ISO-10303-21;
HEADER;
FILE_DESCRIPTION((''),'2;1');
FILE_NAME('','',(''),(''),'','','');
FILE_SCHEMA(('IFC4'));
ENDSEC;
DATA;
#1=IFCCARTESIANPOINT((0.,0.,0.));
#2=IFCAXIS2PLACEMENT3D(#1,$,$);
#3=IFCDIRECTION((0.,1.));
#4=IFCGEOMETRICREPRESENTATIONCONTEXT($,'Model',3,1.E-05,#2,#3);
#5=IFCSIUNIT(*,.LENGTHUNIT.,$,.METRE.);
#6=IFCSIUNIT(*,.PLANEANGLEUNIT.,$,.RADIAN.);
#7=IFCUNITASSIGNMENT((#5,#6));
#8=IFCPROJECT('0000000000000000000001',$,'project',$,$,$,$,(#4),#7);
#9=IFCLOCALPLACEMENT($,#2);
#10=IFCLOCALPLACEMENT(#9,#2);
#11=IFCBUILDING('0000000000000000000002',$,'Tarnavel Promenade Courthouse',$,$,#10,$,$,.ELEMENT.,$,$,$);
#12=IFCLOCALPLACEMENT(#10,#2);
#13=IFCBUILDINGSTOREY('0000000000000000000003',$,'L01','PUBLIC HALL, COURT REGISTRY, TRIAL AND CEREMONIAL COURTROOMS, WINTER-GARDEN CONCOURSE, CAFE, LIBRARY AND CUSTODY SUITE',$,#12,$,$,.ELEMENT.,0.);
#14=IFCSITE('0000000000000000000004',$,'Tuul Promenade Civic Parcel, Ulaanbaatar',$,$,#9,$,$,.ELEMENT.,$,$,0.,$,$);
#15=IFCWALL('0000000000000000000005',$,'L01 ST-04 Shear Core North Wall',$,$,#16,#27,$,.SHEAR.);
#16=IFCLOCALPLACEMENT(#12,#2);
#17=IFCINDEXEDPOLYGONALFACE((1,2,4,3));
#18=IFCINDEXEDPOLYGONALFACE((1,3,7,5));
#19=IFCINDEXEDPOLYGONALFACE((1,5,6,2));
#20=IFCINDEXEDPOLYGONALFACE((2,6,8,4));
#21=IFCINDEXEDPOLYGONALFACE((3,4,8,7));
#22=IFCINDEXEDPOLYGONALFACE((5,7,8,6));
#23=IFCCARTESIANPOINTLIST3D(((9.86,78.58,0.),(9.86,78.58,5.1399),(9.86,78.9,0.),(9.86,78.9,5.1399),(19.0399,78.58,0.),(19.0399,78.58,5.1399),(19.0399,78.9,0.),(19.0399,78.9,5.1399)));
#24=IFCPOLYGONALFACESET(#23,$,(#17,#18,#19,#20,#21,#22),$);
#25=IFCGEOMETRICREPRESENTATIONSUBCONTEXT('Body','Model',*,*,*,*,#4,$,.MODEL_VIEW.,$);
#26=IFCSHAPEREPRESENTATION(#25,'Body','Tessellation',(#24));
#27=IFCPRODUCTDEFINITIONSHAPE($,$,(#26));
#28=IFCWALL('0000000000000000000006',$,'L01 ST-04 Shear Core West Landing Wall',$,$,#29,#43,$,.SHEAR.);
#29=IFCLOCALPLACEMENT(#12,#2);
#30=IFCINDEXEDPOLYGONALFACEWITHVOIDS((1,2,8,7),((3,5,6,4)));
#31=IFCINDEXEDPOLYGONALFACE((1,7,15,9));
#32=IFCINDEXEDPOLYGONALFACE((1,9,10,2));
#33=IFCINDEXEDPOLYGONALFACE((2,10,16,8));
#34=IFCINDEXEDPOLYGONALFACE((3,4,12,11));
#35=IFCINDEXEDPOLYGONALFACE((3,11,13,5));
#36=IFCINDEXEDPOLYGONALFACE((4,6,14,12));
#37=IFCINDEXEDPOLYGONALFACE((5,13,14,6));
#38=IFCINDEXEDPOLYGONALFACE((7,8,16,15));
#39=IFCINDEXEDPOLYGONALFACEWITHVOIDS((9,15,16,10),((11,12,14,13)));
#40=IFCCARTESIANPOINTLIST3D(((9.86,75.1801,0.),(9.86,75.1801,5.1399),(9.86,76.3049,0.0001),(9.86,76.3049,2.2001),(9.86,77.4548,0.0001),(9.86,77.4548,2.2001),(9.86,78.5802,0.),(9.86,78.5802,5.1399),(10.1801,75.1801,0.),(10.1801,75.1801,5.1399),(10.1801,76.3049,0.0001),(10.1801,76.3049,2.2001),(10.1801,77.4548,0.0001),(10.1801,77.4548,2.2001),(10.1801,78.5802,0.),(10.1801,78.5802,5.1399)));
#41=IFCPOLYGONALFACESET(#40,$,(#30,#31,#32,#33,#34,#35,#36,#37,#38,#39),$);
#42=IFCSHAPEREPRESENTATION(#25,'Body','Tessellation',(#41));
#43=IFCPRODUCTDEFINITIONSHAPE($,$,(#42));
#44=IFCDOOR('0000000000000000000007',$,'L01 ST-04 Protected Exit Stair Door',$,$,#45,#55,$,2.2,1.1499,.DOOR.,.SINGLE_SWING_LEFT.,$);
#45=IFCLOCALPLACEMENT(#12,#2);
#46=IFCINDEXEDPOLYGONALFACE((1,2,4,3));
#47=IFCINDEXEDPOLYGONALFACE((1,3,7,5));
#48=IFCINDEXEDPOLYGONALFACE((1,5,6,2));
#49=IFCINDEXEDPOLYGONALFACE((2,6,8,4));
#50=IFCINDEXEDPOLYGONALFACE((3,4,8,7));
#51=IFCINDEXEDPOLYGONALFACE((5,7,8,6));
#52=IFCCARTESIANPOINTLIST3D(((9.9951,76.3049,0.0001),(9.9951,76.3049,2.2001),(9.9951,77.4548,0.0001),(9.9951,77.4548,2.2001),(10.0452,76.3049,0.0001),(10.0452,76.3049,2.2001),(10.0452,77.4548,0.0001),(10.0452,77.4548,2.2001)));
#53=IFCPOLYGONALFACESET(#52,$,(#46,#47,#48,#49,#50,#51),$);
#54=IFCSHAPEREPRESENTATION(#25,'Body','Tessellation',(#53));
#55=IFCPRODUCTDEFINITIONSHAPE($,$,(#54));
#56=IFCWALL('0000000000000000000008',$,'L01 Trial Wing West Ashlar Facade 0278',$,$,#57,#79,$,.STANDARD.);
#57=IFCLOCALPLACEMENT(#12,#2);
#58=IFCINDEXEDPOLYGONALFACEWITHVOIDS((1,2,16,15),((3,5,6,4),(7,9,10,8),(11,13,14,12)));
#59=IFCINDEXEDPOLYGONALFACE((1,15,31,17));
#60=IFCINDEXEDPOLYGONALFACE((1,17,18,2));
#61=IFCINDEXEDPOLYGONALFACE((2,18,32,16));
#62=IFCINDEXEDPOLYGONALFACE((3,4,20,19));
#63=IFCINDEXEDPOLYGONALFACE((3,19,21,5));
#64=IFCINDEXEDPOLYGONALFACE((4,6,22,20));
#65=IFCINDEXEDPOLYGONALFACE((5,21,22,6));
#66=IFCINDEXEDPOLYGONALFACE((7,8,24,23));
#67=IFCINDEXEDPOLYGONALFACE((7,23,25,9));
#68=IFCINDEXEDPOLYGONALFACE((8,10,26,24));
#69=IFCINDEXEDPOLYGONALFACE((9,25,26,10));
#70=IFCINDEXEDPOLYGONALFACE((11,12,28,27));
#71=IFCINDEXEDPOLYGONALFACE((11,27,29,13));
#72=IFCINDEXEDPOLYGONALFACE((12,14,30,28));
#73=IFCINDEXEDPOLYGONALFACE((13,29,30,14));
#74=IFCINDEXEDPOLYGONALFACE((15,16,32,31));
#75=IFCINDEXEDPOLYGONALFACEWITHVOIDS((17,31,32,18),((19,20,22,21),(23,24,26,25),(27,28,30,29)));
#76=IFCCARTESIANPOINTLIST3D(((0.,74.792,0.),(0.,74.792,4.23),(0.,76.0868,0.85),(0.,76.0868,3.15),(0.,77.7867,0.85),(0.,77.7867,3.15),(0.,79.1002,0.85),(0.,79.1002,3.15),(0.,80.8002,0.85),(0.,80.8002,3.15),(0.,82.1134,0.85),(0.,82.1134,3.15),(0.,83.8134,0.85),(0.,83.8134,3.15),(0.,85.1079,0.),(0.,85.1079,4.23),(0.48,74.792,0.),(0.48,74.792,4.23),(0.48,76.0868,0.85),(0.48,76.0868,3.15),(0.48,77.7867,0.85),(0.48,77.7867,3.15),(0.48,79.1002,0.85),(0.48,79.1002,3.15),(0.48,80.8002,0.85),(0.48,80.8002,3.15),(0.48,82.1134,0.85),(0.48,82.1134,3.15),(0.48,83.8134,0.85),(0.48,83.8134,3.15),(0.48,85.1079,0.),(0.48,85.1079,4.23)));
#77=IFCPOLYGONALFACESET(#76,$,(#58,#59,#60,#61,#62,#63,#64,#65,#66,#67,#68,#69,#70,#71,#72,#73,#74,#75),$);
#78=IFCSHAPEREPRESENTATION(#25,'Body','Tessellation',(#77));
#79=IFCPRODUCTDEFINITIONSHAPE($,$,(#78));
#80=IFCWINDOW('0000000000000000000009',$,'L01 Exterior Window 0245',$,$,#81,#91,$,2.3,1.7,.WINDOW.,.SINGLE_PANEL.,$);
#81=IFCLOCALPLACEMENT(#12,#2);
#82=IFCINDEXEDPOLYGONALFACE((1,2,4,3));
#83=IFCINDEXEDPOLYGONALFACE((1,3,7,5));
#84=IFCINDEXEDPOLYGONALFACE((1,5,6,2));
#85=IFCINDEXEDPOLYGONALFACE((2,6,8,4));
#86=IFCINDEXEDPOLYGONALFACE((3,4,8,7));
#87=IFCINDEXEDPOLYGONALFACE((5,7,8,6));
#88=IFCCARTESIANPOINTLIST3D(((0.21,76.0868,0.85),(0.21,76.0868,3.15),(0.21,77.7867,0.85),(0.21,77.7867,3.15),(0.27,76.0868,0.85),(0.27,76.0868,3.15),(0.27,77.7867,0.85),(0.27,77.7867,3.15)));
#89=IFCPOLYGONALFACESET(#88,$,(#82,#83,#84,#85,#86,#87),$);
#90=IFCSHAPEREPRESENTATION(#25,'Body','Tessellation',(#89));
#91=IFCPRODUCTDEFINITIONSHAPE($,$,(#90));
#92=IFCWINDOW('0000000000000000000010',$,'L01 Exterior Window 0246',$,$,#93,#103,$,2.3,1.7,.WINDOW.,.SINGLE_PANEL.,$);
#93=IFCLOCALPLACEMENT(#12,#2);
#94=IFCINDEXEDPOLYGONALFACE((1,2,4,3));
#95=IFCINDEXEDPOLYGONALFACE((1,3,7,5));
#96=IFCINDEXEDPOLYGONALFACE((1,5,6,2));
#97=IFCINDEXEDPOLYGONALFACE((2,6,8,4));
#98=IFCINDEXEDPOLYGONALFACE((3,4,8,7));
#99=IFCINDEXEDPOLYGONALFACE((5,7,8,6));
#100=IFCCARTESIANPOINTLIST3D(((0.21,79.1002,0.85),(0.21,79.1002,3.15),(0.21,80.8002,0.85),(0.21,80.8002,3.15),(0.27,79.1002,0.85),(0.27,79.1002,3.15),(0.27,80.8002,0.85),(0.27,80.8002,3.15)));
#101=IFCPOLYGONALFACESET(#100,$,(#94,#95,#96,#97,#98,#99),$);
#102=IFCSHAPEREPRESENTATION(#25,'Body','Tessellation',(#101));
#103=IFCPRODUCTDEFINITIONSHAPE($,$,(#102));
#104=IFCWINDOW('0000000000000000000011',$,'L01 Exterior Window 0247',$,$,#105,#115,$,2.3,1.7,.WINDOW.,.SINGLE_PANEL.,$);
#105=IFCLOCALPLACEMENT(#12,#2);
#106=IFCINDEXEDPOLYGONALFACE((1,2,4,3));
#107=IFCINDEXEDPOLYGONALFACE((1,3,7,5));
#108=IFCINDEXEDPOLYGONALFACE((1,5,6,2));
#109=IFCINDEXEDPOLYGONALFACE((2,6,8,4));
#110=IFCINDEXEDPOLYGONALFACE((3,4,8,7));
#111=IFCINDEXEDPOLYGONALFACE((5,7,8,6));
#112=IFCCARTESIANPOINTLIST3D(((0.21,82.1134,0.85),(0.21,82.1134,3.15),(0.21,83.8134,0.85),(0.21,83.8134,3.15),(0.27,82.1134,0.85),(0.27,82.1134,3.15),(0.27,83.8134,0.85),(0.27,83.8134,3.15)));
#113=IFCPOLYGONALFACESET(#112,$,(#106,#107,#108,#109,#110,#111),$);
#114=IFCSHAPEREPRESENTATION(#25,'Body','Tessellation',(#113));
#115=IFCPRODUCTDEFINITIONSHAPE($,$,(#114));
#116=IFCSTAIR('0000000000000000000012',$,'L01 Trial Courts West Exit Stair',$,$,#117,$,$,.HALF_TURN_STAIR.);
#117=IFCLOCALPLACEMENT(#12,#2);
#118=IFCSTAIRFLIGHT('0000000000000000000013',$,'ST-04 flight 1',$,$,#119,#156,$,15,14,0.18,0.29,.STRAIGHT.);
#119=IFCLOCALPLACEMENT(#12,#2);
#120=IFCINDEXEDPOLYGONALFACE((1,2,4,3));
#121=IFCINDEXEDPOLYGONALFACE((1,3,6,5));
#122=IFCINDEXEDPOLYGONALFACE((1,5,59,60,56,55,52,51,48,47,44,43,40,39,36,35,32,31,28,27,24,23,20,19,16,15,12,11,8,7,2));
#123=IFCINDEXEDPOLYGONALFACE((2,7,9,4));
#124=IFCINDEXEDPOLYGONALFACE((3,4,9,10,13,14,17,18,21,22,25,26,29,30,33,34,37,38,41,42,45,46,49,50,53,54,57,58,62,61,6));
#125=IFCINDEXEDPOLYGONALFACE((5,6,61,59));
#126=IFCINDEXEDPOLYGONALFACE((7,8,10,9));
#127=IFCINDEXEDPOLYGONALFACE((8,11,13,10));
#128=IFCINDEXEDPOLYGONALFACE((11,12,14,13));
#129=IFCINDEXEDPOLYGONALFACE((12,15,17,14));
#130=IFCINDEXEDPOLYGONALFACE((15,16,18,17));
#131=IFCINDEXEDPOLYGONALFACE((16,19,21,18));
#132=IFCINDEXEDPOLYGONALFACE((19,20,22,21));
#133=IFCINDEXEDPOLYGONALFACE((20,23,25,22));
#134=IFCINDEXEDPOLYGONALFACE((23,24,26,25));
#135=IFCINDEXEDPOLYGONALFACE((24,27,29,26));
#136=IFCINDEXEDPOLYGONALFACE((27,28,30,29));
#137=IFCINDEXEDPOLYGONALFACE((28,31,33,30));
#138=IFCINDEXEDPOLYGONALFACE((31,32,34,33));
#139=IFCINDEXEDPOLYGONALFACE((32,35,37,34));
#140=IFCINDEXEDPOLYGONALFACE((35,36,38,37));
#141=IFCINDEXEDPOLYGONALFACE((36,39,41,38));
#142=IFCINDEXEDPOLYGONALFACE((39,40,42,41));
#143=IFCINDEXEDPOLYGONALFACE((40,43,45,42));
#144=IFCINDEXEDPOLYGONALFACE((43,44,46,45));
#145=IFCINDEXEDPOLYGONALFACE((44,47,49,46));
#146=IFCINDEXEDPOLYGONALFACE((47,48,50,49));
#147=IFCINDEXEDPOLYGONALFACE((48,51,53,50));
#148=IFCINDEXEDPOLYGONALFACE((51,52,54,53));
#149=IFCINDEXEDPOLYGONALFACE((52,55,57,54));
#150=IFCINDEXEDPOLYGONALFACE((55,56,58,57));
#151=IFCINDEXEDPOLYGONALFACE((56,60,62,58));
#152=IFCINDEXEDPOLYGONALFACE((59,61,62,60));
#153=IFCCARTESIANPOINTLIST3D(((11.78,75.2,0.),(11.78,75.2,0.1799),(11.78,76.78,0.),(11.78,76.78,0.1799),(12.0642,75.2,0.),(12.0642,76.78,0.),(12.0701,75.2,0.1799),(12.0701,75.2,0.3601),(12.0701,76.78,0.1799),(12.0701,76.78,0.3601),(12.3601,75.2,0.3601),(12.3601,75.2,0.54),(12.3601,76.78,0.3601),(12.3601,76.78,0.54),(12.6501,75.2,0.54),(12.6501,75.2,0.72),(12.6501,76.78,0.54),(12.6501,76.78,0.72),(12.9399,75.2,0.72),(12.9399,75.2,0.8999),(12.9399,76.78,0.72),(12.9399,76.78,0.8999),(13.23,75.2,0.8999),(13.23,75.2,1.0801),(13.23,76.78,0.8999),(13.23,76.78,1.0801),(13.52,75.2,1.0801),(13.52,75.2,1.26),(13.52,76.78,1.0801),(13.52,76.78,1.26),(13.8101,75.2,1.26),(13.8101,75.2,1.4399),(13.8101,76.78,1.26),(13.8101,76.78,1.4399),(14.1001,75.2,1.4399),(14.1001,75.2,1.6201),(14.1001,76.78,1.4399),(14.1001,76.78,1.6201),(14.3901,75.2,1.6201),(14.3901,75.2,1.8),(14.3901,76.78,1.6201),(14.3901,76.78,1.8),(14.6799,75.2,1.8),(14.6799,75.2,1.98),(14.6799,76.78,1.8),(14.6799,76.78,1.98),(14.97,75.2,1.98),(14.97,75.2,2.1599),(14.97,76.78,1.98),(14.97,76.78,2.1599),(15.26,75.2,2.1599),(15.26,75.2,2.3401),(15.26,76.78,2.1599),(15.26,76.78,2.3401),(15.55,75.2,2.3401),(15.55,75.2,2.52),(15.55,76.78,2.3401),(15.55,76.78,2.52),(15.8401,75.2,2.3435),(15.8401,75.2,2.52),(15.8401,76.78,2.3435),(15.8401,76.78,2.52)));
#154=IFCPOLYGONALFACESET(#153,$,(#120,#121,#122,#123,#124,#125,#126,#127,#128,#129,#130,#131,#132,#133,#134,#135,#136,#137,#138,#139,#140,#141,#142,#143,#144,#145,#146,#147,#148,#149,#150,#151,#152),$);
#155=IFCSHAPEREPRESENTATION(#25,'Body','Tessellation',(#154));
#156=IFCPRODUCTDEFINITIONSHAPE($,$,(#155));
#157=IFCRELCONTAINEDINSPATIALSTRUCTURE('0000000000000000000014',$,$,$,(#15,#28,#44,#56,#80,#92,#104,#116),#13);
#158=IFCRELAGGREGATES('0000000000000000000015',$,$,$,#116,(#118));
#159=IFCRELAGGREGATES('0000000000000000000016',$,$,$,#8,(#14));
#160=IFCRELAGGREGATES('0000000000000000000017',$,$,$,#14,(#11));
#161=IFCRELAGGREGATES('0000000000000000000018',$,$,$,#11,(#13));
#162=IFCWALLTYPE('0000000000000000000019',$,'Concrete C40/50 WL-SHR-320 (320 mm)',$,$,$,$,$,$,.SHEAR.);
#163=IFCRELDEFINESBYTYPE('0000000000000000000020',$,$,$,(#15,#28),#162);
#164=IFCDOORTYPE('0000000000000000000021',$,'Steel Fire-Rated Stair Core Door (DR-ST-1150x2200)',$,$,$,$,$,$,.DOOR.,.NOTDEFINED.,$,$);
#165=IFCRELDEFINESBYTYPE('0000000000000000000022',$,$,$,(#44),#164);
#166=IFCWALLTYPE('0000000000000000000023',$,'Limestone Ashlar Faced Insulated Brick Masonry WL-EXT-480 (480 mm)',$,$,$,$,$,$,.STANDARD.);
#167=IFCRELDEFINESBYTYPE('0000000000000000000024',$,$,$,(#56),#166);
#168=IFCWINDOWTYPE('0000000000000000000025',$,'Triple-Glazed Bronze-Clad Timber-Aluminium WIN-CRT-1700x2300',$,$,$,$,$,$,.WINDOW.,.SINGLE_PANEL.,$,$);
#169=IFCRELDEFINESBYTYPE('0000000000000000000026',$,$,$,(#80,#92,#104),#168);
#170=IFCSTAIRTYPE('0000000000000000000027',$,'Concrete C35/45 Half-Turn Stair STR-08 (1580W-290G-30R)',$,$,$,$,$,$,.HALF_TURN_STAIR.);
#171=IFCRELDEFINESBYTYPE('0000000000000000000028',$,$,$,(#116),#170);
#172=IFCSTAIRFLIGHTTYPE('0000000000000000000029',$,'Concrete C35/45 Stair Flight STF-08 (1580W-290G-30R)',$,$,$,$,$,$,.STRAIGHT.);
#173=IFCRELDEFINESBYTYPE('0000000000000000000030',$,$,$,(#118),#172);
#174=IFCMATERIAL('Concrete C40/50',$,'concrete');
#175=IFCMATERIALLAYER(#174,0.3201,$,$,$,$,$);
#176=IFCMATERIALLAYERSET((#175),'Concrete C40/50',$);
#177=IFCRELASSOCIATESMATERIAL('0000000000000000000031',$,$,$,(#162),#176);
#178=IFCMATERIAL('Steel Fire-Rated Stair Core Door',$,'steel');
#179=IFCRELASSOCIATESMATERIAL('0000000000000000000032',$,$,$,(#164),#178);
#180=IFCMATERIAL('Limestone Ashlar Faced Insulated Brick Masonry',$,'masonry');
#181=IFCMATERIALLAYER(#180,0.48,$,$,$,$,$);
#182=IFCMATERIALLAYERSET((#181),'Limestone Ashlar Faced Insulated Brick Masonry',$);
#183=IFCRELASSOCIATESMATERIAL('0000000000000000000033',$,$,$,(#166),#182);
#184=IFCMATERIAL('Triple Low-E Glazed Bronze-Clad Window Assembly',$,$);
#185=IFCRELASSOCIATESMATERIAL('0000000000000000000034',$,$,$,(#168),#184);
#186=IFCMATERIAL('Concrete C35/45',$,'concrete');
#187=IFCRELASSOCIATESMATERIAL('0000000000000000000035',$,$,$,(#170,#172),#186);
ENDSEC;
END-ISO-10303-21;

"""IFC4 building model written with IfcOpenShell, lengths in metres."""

from ifc_helpers import new_model, si_unit, direction, frame, frame_2d, origin, place, context, subcontext, project, spatial, polyline, rectangle, outline, extrude, material, layer, layer_set, type_object, element, fill, aggregate, save


model = new_model("IFC4")

# Units and contexts
model_context = context("Model", 3, precision=1e-05, world=origin(), true_north=direction((0.0, 1.0)))
body_context = subcontext(model_context, "Body", "Model", "MODEL_VIEW")
ifc_project = project(units=[si_unit("LENGTHUNIT", "METRE"), si_unit("PLANEANGLEUNIT", "RADIAN")], contexts=[model_context])

# Site, building, storey
site_placement = place(None, origin())
site = spatial("IfcSite", under=ifc_project, at=site_placement, Name="Tuul Promenade Civic Parcel, Ulaanbaatar", CompositionType="ELEMENT", RefElevation=0.0)
building_placement = place(site_placement, origin())
building = spatial("IfcBuilding", under=site, at=building_placement, Name="Tarnavel Promenade Courthouse", CompositionType="ELEMENT")
storey_placement = place(building_placement, origin())
storey = spatial("IfcBuildingStorey", under=building, at=storey_placement, Name="L01", Description="PUBLIC HALL, COURT REGISTRY, TRIAL AND CEREMONIAL COURTROOMS, WINTER-GARDEN CONCOURSE, CAFE, LIBRARY AND CUSTODY SUITE", CompositionType="ELEMENT", Elevation=0.0)

# Shared definitions
ifc_material_1 = material(Name="Concrete C40/50", Category="concrete")

# Wall
ifc_layer_1 = layer(ifc_material_1, 0.3201)
ifc_layer_set_1 = layer_set([ifc_layer_1], Name="Concrete C40/50")
wall_type_1 = type_object("IfcWallType", Name="Concrete C40/50 WL-SHR-320 (320 mm)", PredefinedType="SHEAR", material=ifc_layer_set_1)
wall_1_placement = place(storey_placement, frame((9.8601, 78.74, 0.0), z_axis=(0.0, 0.0, 1.0), x_axis=(1.0, 0.0, 0.0)))
element("IfcWall", 1, at=wall_1_placement, inside=storey, type_object=wall_type_1, Name="L01 ST-04 Shear Core North Wall", PredefinedType="SHEAR", context=body_context, shape_type="SweptSolid", body=[
    extrude(rectangle(XDim=9.1799, YDim=0.3201, at=frame_2d((4.5898, 0.0))), origin(), (0.0, 0.0, 1.0), 5.1399),
])

# Wall, opening, door
wall_2_placement = place(storey_placement, frame((10.02, 75.1799, 0.0), z_axis=(0.0, 0.0, 1.0), x_axis=(0.0, 1.0, 0.0)))
wall_2 = element("IfcWall", 2, at=wall_2_placement, inside=storey, type_object=wall_type_1, Name="L01 ST-04 Shear Core West Landing Wall", PredefinedType="SHEAR", context=body_context, shape_type="SweptSolid", body=[
    extrude(rectangle(XDim=3.4001, YDim=0.3201, at=frame_2d((1.7002, 0.0))), origin(), (0.0, 0.0, 1.0), 5.1399),
])
opening_1_placement = place(wall_2_placement, frame((1.125, 0.0, 0.0)))
opening_1 = element("IfcOpeningElement", 3, at=opening_1_placement, cuts=wall_2, PredefinedType="OPENING", context=body_context, shape_type="SweptSolid", body=[
    extrude(rectangle(XDim=1.1499, YDim=2.2, at=frame_2d((0.575, 1.1001))), frame((0.0, 0.1699, 0.0), z_axis=(0.0, -1.0, 0.0), x_axis=(1.0, 0.0, 0.0)), (0.0, 0.0, 1.0), 0.3401),
])
ifc_material_2 = material(Name="Steel Fire-Rated Stair Core Door", Category="steel")
door_type = type_object("IfcDoorType", Name="Steel Fire-Rated Stair Core Door (DR-ST-1150x2200)", OperationType="NOTDEFINED", PredefinedType="DOOR", material=ifc_material_2)
door_placement = place(opening_1_placement, origin())
door = element("IfcDoor", 4, at=door_placement, inside=storey, type_object=door_type, Name="L01 ST-04 Protected Exit Stair Door", OperationType="SINGLE_SWING_LEFT", OverallHeight=2.2, OverallWidth=1.1499, PredefinedType="DOOR", context=body_context, shape_type="SweptSolid", body=[
    extrude(rectangle(XDim=1.1499, YDim=2.2, at=frame_2d((0.575, 1.1001))), frame((0.0, 0.0249, 0.0), z_axis=(0.0, -1.0, 0.0), x_axis=(1.0, 0.0, 0.0)), (0.0, 0.0, 1.0), 0.05),
])
fill(opening_1, door)

# Wall, openings, windows
ifc_material_3 = material(Name="Limestone Ashlar Faced Insulated Brick Masonry", Category="masonry")
ifc_layer_2 = layer(ifc_material_3, 0.48)
ifc_layer_set_2 = layer_set([ifc_layer_2], Name="Limestone Ashlar Faced Insulated Brick Masonry")
wall_type_2 = type_object("IfcWallType", Name="Limestone Ashlar Faced Insulated Brick Masonry WL-EXT-480 (480 mm)", PredefinedType="STANDARD", material=ifc_layer_set_2)
wall_3_placement = place(storey_placement, frame((0.24, 74.792, 0.0), z_axis=(0.0, 0.0, 1.0), x_axis=(0.0, 1.0, 0.0)))
wall_3 = element("IfcWall", 5, at=wall_3_placement, inside=storey, type_object=wall_type_2, Name="L01 Trial Wing West Ashlar Facade 0278", PredefinedType="STANDARD", context=body_context, shape_type="SweptSolid", body=[
    extrude(rectangle(XDim=10.3159, YDim=0.48, at=frame_2d((5.158, 0.0))), origin(), (0.0, 0.0, 1.0), 4.23),
])
opening_2_placement = place(wall_3_placement, frame((1.2947, 0.0, 0.8501)))
opening_2 = element("IfcOpeningElement", 6, at=opening_2_placement, cuts=wall_3, PredefinedType="OPENING", context=body_context, shape_type="SweptSolid", body=[
    extrude(rectangle(XDim=1.7, YDim=2.3, at=frame_2d((0.8501, 1.1499))), frame((0.0, 0.25, 0.0), z_axis=(0.0, -1.0, 0.0), x_axis=(1.0, 0.0, 0.0)), (0.0, 0.0, 1.0), 0.5),
])
opening_3_placement = place(wall_3_placement, frame((4.3081, 0.0, 0.8501)))
opening_3 = element("IfcOpeningElement", 7, at=opening_3_placement, cuts=wall_3, PredefinedType="OPENING", context=body_context, shape_type="SweptSolid", body=[
    extrude(rectangle(XDim=1.7, YDim=2.3, at=frame_2d((0.8501, 1.1499))), frame((0.0, 0.25, 0.0), z_axis=(0.0, -1.0, 0.0), x_axis=(1.0, 0.0, 0.0)), (0.0, 0.0, 1.0), 0.5),
])
opening_4_placement = place(wall_3_placement, frame((7.3213, 0.0, 0.8501)))
opening_4 = element("IfcOpeningElement", 8, at=opening_4_placement, cuts=wall_3, PredefinedType="OPENING", context=body_context, shape_type="SweptSolid", body=[
    extrude(rectangle(XDim=1.7, YDim=2.3, at=frame_2d((0.8501, 1.1499))), frame((0.0, 0.25, 0.0), z_axis=(0.0, -1.0, 0.0), x_axis=(1.0, 0.0, 0.0)), (0.0, 0.0, 1.0), 0.5),
])
ifc_material_4 = material(Name="Triple Low-E Glazed Bronze-Clad Window Assembly")
window_type = type_object("IfcWindowType", Name="Triple-Glazed Bronze-Clad Timber-Aluminium WIN-CRT-1700x2300", PartitioningType="SINGLE_PANEL", PredefinedType="WINDOW", material=ifc_material_4)
window_1_placement = place(opening_2_placement, origin())
window_1 = element("IfcWindow", 9, at=window_1_placement, inside=storey, type_object=window_type, Name="L01 Exterior Window 0245", OverallHeight=2.3, OverallWidth=1.7, PartitioningType="SINGLE_PANEL", PredefinedType="WINDOW", context=body_context, shape_type="SweptSolid", body=[
    extrude(rectangle(XDim=1.7, YDim=2.3, at=frame_2d((0.8501, 1.1499))), frame((0.0, 0.03, 0.0), z_axis=(0.0, -1.0, 0.0), x_axis=(1.0, 0.0, 0.0)), (0.0, 0.0, 1.0), 0.0601),
])
fill(opening_2, window_1)
window_2_placement = place(opening_3_placement, origin())
window_2 = element("IfcWindow", 10, at=window_2_placement, inside=storey, type_object=window_type, Name="L01 Exterior Window 0246", OverallHeight=2.3, OverallWidth=1.7, PartitioningType="SINGLE_PANEL", PredefinedType="WINDOW", context=body_context, shape_type="SweptSolid", body=[
    extrude(rectangle(XDim=1.7, YDim=2.3, at=frame_2d((0.8501, 1.1499))), frame((0.0, 0.03, 0.0), z_axis=(0.0, -1.0, 0.0), x_axis=(1.0, 0.0, 0.0)), (0.0, 0.0, 1.0), 0.0601),
])
fill(opening_3, window_2)
window_3_placement = place(opening_4_placement, origin())
window_3 = element("IfcWindow", 11, at=window_3_placement, inside=storey, type_object=window_type, Name="L01 Exterior Window 0247", OverallHeight=2.3, OverallWidth=1.7, PartitioningType="SINGLE_PANEL", PredefinedType="WINDOW", context=body_context, shape_type="SweptSolid", body=[
    extrude(rectangle(XDim=1.7, YDim=2.3, at=frame_2d((0.8501, 1.1499))), frame((0.0, 0.03, 0.0), z_axis=(0.0, -1.0, 0.0), x_axis=(1.0, 0.0, 0.0)), (0.0, 0.0, 1.0), 0.0601),
])
fill(opening_4, window_3)

# Stair, stair flight
ifc_material_5 = material(Name="Concrete C35/45", Category="concrete")
stair_type = type_object("IfcStairType", Name="Concrete C35/45 Half-Turn Stair STR-08 (1580W-290G-30R)", PredefinedType="HALF_TURN_STAIR", material=ifc_material_5)
stair_placement = place(storey_placement, origin())
stair = element("IfcStair", 12, at=stair_placement, inside=storey, type_object=stair_type, Name="L01 Trial Courts West Exit Stair", PredefinedType="HALF_TURN_STAIR")
stair_flight_type = type_object("IfcStairFlightType", Name="Concrete C35/45 Stair Flight STF-08 (1580W-290G-30R)", PredefinedType="STRAIGHT", material=ifc_material_5)
stair_flight_placement = place(storey_placement, frame((11.78, 75.99, 0.0), z_axis=(0.0, 0.0, 1.0), x_axis=(1.0, 0.0, 0.0)))
stair_flight = element("IfcStairFlight", 13, at=stair_flight_placement, type_object=stair_flight_type, Name="ST-04 flight 1", NumberOfRisers=15, NumberOfTreads=14, PredefinedType="STRAIGHT", RiserHeight=0.18, TreadLength=0.29, context=body_context, shape_type="SweptSolid", body=[
    extrude(outline(polyline([(0.0, 0.0), (0.0, 0.1799), (0.29, 0.1799), (0.29, 0.3601), (0.5801, 0.3601), (0.5801, 0.54), (0.8701, 0.54), (0.8701, 0.72), (1.1599, 0.72), (1.1599, 0.8999), (1.45, 0.8999), (1.45, 1.0801), (1.74, 1.0801), (1.74, 1.26), (2.03, 1.26), (2.03, 1.4399), (2.3201, 1.4399), (2.3201, 1.6201), (2.6101, 1.6201), (2.6101, 1.8), (2.8999, 1.8), (2.8999, 1.98), (3.1899, 1.98), (3.1899, 2.1599), (3.48, 2.1599), (3.48, 2.3401), (3.77, 2.3401), (3.77, 2.52), (4.0601, 2.52), (4.0601, 2.7), (4.0601, 2.3435), (0.2842, 0.0), (0.0, 0.0)])), frame((0.0, 0.79, 0.0), z_axis=(0.0, -1.0, 0.0), x_axis=(1.0, 0.0, 0.0)), (0.0, 0.0, 1.0), 1.5801),
])
aggregate(stair, [stair_flight])

save(model, "model.ifc")
